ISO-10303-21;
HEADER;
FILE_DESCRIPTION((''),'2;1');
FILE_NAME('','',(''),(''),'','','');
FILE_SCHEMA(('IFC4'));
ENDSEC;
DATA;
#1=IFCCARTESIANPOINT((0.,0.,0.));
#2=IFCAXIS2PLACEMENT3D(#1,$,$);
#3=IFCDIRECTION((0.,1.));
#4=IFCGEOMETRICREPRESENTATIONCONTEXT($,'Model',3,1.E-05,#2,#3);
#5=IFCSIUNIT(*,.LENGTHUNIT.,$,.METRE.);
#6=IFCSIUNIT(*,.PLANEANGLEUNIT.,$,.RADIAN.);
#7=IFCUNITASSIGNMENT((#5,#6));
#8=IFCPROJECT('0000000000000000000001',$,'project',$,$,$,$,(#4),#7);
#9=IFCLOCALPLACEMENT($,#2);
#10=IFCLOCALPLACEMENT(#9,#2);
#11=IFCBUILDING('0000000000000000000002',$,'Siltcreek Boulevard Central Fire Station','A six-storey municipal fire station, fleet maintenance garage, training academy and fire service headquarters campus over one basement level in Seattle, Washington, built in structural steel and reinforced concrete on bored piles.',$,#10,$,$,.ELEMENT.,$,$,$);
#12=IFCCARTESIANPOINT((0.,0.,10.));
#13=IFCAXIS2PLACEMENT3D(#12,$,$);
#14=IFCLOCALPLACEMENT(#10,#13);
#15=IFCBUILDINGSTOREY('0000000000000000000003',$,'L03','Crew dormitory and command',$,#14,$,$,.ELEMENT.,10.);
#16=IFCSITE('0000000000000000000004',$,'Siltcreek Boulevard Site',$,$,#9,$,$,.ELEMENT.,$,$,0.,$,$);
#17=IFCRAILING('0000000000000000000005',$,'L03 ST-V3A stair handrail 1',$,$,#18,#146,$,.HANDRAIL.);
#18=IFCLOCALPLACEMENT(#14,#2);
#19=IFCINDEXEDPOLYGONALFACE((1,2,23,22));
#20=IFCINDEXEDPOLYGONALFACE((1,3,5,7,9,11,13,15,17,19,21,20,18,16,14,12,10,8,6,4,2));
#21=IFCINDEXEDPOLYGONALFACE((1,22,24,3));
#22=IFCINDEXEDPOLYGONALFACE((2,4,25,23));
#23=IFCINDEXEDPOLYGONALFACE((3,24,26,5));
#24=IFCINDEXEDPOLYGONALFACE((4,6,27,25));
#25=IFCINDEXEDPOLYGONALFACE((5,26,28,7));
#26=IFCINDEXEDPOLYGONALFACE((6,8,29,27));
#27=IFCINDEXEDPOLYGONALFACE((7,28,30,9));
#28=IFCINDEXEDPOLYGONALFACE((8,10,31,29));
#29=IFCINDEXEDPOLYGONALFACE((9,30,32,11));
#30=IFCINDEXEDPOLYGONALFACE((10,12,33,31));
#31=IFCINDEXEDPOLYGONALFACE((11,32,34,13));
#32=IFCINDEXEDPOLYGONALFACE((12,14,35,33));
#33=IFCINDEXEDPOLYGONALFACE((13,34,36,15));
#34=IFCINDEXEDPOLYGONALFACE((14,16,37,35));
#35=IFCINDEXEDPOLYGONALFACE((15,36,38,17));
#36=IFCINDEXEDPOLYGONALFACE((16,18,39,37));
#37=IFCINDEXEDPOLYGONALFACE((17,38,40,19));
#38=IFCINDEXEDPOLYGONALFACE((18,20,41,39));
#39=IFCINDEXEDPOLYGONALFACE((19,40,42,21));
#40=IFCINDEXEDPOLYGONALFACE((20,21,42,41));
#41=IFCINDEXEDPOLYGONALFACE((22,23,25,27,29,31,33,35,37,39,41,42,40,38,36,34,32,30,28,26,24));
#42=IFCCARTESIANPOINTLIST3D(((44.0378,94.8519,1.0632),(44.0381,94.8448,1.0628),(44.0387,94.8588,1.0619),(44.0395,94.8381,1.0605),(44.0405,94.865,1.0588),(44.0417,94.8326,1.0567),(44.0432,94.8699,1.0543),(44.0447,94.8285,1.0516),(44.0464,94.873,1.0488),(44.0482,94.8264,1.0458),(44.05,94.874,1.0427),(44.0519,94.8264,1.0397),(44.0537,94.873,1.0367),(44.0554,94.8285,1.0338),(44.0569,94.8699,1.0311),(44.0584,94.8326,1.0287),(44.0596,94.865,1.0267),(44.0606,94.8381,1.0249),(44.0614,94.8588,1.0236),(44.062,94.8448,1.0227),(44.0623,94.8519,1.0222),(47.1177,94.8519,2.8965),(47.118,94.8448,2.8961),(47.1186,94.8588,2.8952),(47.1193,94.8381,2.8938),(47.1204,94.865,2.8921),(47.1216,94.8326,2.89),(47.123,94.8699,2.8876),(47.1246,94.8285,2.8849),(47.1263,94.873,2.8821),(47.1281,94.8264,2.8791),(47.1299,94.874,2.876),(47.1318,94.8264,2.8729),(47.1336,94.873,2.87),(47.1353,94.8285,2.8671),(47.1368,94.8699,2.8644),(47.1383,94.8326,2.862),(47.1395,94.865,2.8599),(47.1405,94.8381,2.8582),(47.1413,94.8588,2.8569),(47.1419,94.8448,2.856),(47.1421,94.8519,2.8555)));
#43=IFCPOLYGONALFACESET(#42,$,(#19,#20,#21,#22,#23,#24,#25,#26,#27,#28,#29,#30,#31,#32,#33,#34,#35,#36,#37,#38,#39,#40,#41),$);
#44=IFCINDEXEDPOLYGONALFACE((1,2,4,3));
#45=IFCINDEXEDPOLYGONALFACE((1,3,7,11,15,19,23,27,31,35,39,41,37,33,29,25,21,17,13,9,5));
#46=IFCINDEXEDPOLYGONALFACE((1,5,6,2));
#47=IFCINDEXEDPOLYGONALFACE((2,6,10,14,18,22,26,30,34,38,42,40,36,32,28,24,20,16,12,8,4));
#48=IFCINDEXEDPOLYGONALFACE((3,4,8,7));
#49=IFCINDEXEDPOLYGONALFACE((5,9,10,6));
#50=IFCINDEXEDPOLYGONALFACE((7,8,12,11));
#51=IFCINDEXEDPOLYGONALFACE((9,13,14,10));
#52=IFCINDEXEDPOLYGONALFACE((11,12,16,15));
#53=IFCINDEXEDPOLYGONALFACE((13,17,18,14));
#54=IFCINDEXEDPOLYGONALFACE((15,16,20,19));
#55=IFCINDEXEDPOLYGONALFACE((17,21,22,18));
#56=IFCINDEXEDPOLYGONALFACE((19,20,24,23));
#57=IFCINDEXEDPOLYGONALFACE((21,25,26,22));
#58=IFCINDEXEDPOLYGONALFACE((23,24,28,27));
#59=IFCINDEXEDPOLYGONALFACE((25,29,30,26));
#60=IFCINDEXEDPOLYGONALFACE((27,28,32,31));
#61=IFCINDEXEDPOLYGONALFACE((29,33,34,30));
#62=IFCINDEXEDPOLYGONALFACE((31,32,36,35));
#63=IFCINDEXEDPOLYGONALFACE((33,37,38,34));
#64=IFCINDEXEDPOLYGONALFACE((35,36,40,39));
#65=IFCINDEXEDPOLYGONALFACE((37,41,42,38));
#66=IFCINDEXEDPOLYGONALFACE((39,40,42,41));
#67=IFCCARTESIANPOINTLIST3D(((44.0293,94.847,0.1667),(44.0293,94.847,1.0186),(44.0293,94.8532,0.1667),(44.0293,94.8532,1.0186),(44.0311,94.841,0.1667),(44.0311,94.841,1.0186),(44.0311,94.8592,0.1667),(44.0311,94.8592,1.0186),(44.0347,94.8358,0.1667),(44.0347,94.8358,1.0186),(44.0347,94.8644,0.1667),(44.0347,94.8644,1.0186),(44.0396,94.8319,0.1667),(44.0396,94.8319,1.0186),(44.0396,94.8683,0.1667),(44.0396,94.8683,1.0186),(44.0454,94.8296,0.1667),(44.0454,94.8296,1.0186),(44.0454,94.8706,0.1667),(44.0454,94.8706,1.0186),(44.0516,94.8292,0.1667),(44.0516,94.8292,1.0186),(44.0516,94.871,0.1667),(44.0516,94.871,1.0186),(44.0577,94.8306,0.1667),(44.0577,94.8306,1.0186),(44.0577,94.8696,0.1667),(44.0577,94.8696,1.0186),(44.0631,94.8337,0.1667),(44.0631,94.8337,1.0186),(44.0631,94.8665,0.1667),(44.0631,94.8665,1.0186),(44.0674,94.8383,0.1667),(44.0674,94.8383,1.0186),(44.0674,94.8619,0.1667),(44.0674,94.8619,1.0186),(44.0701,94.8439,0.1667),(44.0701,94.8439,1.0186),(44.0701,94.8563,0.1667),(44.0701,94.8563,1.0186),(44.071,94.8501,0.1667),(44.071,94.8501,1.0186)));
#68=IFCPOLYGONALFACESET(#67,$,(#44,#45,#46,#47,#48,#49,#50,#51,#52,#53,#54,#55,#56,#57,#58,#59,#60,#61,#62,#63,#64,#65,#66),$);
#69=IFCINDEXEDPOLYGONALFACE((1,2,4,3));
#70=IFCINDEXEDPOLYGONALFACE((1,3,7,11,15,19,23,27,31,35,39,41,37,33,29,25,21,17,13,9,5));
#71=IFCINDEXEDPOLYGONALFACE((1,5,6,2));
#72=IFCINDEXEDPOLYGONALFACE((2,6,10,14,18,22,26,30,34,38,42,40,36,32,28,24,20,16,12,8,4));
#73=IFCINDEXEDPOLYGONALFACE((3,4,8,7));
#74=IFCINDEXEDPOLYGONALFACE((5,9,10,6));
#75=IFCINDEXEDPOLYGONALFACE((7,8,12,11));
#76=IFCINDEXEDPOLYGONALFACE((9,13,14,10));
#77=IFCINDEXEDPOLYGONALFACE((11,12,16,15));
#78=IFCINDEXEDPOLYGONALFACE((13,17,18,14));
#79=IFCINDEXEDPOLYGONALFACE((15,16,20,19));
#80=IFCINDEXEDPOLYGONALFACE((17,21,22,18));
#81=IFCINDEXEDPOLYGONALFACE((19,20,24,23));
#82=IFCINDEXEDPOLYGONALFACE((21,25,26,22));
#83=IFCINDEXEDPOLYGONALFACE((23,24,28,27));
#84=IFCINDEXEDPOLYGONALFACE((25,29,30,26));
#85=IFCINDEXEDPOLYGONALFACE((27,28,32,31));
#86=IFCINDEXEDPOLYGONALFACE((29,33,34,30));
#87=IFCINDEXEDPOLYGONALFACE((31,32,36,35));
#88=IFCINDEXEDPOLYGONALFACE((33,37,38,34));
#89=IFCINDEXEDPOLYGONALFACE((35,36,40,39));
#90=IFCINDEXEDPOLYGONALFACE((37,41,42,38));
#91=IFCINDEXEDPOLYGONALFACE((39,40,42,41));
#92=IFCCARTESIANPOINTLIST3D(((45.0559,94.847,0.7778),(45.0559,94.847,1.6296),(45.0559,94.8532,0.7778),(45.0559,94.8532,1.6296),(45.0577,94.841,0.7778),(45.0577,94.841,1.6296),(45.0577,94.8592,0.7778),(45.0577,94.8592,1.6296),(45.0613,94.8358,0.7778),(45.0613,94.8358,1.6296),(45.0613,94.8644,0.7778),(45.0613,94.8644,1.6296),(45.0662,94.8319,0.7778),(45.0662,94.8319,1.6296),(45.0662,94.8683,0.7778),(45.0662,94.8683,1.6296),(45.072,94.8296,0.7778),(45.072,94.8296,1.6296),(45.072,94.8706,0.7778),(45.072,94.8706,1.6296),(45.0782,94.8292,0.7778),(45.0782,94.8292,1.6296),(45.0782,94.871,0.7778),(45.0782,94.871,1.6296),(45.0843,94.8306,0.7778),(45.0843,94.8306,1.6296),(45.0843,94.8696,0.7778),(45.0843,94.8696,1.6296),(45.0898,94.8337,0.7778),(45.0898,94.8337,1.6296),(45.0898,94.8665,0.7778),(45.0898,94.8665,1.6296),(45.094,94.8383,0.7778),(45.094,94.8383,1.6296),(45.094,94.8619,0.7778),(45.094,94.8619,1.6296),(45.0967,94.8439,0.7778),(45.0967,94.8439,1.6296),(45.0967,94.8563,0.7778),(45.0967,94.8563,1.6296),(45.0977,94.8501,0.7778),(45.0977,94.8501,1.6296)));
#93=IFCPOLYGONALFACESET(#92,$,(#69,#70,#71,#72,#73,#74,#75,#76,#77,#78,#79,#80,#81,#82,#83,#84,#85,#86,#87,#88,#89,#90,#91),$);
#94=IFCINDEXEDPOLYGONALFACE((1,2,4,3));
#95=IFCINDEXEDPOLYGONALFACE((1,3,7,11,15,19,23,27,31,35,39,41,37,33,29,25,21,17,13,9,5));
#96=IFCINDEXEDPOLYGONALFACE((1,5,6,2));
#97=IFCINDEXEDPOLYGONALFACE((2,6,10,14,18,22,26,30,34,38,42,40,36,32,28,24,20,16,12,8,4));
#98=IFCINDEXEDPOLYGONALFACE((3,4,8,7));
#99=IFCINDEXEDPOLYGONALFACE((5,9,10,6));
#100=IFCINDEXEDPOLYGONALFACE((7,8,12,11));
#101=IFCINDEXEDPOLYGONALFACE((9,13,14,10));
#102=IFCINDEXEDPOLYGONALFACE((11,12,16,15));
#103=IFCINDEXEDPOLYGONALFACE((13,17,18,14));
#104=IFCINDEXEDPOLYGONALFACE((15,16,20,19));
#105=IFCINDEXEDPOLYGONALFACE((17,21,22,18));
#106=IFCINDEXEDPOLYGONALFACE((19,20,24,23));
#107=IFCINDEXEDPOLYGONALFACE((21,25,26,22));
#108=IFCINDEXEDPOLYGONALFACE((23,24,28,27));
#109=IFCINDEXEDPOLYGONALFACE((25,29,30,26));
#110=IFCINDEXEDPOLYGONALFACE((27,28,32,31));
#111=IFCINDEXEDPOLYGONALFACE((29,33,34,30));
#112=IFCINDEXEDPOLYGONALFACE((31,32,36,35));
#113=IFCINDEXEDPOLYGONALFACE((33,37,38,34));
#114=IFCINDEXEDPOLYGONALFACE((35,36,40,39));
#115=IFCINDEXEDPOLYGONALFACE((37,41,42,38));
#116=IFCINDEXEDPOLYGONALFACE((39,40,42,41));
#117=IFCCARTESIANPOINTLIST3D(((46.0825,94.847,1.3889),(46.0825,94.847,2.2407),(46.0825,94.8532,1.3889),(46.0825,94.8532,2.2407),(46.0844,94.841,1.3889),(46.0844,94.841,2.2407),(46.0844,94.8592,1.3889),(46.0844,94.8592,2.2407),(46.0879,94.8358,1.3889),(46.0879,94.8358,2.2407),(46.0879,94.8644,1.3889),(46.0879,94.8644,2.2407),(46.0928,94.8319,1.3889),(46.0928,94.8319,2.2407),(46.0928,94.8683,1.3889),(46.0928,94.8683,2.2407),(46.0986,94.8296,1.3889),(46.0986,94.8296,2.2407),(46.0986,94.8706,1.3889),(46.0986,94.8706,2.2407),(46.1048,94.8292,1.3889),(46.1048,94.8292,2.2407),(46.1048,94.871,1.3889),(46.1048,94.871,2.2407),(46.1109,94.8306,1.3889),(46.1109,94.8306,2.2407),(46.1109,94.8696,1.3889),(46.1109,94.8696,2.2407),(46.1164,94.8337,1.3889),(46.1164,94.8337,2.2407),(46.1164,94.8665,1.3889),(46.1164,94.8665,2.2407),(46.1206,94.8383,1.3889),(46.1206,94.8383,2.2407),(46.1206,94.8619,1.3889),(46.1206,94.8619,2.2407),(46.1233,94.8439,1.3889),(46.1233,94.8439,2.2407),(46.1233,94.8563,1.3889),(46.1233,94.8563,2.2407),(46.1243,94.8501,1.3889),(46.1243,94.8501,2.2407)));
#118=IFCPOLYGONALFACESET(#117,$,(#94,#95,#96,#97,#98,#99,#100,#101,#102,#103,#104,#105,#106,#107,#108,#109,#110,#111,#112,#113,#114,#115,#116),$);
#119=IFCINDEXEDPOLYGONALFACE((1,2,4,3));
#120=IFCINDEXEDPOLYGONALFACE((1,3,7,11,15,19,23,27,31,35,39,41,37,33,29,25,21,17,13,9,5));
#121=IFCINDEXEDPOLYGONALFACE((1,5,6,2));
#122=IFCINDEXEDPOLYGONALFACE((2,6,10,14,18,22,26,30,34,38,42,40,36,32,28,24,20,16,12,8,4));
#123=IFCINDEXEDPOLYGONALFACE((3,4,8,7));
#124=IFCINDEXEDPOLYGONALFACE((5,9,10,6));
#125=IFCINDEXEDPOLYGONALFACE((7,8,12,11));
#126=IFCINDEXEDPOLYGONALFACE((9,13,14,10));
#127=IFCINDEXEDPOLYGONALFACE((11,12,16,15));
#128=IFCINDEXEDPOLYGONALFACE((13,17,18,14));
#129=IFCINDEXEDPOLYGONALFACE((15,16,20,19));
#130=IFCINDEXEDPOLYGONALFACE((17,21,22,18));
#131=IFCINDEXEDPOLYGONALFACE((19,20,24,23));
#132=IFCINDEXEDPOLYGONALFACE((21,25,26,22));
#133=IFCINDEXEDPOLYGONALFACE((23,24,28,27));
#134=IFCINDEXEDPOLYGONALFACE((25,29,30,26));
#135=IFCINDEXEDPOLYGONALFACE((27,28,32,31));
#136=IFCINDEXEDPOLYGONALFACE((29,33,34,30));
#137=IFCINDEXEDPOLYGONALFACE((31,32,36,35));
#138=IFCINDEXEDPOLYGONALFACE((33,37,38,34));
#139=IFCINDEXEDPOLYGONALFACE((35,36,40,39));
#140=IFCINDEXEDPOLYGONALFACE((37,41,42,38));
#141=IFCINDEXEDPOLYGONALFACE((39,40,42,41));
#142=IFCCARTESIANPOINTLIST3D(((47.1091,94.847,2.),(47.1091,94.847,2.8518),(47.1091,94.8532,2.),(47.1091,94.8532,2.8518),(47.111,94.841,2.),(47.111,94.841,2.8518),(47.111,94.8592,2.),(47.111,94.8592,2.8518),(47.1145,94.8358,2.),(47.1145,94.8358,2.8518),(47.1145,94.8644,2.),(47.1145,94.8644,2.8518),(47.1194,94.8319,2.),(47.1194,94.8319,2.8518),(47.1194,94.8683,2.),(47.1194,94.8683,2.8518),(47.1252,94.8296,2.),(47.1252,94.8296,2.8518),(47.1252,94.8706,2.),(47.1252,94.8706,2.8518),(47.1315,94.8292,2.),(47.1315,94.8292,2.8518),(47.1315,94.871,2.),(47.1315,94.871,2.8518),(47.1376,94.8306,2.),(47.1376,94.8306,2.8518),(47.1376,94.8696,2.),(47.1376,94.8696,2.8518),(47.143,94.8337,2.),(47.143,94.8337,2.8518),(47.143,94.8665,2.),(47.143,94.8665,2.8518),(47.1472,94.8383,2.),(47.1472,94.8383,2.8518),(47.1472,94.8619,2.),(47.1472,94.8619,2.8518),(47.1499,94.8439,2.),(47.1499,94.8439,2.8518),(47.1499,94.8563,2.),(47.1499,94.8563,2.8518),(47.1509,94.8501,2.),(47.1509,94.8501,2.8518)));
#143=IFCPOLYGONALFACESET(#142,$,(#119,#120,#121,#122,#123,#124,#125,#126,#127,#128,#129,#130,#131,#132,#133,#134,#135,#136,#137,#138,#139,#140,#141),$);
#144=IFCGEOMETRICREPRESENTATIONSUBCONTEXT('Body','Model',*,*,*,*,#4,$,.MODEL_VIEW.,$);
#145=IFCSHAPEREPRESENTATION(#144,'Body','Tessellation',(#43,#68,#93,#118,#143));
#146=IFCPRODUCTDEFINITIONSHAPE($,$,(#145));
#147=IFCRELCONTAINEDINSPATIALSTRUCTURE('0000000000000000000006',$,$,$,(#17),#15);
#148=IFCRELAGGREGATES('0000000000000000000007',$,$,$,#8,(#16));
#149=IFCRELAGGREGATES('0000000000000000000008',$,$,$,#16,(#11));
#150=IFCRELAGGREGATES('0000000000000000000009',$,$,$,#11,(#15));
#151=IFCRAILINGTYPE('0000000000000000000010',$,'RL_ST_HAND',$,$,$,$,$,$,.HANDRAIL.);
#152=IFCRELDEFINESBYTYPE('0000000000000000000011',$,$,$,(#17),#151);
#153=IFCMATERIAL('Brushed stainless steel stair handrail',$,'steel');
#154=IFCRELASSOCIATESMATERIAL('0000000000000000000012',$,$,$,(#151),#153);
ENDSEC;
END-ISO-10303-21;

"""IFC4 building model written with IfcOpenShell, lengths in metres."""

from ifc_helpers import new_model, si_unit, direction, frame, origin, origin_2d, place, context, subcontext, project, spatial, circle, extrude, material, type_object, element, save


model = new_model("IFC4")

# Units and contexts
model_context = context("Model", 3, precision=1e-05, world=origin(), true_north=direction((0.0, 1.0)))
body_context = subcontext(model_context, "Body", "Model", "MODEL_VIEW")
ifc_project = project(units=[si_unit("LENGTHUNIT", "METRE"), si_unit("PLANEANGLEUNIT", "RADIAN")], contexts=[model_context])

# Site, building, storey
site_placement = place(None, origin())
site = spatial("IfcSite", under=ifc_project, at=site_placement, Name="Siltcreek Boulevard Site", CompositionType="ELEMENT", RefElevation=0.0)
building_placement = place(site_placement, origin())
building = spatial("IfcBuilding", under=site, at=building_placement, Name="Siltcreek Boulevard Central Fire Station", Description="A six-storey municipal fire station, fleet maintenance garage, training academy and fire service headquarters campus over one basement level in Seattle, Washington, built in structural steel and reinforced concrete on bored piles.", CompositionType="ELEMENT")
storey_placement = place(building_placement, frame((0.0, 0.0, 10.0)))
storey = spatial("IfcBuildingStorey", under=building, at=storey_placement, Name="L03", Description="Crew dormitory and command", CompositionType="ELEMENT", Elevation=10.0)

# Railing
ifc_material_1 = material(Name="Brushed stainless steel stair handrail", Category="steel")
railing_type_1 = type_object("IfcRailingType", Name="RL_ST_HAND", PredefinedType="HANDRAIL", material=ifc_material_1)
railing_1_placement = place(storey_placement, frame((44.05, 94.8501, 0.1667)))
element("IfcRailing", 1, at=railing_1_placement, inside=storey, type_object=railing_type_1, Name="L03 ST-V3A stair handrail 1", PredefinedType="HANDRAIL", context=body_context, shape_type="SweptSolid", body=[
    extrude(circle(Radius=0.0239, at=origin_2d()), frame((0.0, 0.0, 0.876), z_axis=(0.859291, 0.0, 0.511487), x_axis=(0.0, 1.0, 0.0)), (0.0, 0.0, 1.0), 3.5842),
    extrude(circle(Radius=0.021, at=origin_2d()), origin(), (0.0, 0.0, 1.0), 0.8518),
    extrude(circle(Radius=0.021, at=origin_2d()), frame((1.0266, 0.0, 0.6111)), (0.0, 0.0, 1.0), 0.8518),
    extrude(circle(Radius=0.021, at=origin_2d()), frame((2.0532, 0.0, 1.2222)), (0.0, 0.0, 1.0), 0.8518),
    extrude(circle(Radius=0.021, at=origin_2d()), frame((3.0798, 0.0, 1.8333)), (0.0, 0.0, 1.0), 0.8518),
])

save(model, "model.ifc")
